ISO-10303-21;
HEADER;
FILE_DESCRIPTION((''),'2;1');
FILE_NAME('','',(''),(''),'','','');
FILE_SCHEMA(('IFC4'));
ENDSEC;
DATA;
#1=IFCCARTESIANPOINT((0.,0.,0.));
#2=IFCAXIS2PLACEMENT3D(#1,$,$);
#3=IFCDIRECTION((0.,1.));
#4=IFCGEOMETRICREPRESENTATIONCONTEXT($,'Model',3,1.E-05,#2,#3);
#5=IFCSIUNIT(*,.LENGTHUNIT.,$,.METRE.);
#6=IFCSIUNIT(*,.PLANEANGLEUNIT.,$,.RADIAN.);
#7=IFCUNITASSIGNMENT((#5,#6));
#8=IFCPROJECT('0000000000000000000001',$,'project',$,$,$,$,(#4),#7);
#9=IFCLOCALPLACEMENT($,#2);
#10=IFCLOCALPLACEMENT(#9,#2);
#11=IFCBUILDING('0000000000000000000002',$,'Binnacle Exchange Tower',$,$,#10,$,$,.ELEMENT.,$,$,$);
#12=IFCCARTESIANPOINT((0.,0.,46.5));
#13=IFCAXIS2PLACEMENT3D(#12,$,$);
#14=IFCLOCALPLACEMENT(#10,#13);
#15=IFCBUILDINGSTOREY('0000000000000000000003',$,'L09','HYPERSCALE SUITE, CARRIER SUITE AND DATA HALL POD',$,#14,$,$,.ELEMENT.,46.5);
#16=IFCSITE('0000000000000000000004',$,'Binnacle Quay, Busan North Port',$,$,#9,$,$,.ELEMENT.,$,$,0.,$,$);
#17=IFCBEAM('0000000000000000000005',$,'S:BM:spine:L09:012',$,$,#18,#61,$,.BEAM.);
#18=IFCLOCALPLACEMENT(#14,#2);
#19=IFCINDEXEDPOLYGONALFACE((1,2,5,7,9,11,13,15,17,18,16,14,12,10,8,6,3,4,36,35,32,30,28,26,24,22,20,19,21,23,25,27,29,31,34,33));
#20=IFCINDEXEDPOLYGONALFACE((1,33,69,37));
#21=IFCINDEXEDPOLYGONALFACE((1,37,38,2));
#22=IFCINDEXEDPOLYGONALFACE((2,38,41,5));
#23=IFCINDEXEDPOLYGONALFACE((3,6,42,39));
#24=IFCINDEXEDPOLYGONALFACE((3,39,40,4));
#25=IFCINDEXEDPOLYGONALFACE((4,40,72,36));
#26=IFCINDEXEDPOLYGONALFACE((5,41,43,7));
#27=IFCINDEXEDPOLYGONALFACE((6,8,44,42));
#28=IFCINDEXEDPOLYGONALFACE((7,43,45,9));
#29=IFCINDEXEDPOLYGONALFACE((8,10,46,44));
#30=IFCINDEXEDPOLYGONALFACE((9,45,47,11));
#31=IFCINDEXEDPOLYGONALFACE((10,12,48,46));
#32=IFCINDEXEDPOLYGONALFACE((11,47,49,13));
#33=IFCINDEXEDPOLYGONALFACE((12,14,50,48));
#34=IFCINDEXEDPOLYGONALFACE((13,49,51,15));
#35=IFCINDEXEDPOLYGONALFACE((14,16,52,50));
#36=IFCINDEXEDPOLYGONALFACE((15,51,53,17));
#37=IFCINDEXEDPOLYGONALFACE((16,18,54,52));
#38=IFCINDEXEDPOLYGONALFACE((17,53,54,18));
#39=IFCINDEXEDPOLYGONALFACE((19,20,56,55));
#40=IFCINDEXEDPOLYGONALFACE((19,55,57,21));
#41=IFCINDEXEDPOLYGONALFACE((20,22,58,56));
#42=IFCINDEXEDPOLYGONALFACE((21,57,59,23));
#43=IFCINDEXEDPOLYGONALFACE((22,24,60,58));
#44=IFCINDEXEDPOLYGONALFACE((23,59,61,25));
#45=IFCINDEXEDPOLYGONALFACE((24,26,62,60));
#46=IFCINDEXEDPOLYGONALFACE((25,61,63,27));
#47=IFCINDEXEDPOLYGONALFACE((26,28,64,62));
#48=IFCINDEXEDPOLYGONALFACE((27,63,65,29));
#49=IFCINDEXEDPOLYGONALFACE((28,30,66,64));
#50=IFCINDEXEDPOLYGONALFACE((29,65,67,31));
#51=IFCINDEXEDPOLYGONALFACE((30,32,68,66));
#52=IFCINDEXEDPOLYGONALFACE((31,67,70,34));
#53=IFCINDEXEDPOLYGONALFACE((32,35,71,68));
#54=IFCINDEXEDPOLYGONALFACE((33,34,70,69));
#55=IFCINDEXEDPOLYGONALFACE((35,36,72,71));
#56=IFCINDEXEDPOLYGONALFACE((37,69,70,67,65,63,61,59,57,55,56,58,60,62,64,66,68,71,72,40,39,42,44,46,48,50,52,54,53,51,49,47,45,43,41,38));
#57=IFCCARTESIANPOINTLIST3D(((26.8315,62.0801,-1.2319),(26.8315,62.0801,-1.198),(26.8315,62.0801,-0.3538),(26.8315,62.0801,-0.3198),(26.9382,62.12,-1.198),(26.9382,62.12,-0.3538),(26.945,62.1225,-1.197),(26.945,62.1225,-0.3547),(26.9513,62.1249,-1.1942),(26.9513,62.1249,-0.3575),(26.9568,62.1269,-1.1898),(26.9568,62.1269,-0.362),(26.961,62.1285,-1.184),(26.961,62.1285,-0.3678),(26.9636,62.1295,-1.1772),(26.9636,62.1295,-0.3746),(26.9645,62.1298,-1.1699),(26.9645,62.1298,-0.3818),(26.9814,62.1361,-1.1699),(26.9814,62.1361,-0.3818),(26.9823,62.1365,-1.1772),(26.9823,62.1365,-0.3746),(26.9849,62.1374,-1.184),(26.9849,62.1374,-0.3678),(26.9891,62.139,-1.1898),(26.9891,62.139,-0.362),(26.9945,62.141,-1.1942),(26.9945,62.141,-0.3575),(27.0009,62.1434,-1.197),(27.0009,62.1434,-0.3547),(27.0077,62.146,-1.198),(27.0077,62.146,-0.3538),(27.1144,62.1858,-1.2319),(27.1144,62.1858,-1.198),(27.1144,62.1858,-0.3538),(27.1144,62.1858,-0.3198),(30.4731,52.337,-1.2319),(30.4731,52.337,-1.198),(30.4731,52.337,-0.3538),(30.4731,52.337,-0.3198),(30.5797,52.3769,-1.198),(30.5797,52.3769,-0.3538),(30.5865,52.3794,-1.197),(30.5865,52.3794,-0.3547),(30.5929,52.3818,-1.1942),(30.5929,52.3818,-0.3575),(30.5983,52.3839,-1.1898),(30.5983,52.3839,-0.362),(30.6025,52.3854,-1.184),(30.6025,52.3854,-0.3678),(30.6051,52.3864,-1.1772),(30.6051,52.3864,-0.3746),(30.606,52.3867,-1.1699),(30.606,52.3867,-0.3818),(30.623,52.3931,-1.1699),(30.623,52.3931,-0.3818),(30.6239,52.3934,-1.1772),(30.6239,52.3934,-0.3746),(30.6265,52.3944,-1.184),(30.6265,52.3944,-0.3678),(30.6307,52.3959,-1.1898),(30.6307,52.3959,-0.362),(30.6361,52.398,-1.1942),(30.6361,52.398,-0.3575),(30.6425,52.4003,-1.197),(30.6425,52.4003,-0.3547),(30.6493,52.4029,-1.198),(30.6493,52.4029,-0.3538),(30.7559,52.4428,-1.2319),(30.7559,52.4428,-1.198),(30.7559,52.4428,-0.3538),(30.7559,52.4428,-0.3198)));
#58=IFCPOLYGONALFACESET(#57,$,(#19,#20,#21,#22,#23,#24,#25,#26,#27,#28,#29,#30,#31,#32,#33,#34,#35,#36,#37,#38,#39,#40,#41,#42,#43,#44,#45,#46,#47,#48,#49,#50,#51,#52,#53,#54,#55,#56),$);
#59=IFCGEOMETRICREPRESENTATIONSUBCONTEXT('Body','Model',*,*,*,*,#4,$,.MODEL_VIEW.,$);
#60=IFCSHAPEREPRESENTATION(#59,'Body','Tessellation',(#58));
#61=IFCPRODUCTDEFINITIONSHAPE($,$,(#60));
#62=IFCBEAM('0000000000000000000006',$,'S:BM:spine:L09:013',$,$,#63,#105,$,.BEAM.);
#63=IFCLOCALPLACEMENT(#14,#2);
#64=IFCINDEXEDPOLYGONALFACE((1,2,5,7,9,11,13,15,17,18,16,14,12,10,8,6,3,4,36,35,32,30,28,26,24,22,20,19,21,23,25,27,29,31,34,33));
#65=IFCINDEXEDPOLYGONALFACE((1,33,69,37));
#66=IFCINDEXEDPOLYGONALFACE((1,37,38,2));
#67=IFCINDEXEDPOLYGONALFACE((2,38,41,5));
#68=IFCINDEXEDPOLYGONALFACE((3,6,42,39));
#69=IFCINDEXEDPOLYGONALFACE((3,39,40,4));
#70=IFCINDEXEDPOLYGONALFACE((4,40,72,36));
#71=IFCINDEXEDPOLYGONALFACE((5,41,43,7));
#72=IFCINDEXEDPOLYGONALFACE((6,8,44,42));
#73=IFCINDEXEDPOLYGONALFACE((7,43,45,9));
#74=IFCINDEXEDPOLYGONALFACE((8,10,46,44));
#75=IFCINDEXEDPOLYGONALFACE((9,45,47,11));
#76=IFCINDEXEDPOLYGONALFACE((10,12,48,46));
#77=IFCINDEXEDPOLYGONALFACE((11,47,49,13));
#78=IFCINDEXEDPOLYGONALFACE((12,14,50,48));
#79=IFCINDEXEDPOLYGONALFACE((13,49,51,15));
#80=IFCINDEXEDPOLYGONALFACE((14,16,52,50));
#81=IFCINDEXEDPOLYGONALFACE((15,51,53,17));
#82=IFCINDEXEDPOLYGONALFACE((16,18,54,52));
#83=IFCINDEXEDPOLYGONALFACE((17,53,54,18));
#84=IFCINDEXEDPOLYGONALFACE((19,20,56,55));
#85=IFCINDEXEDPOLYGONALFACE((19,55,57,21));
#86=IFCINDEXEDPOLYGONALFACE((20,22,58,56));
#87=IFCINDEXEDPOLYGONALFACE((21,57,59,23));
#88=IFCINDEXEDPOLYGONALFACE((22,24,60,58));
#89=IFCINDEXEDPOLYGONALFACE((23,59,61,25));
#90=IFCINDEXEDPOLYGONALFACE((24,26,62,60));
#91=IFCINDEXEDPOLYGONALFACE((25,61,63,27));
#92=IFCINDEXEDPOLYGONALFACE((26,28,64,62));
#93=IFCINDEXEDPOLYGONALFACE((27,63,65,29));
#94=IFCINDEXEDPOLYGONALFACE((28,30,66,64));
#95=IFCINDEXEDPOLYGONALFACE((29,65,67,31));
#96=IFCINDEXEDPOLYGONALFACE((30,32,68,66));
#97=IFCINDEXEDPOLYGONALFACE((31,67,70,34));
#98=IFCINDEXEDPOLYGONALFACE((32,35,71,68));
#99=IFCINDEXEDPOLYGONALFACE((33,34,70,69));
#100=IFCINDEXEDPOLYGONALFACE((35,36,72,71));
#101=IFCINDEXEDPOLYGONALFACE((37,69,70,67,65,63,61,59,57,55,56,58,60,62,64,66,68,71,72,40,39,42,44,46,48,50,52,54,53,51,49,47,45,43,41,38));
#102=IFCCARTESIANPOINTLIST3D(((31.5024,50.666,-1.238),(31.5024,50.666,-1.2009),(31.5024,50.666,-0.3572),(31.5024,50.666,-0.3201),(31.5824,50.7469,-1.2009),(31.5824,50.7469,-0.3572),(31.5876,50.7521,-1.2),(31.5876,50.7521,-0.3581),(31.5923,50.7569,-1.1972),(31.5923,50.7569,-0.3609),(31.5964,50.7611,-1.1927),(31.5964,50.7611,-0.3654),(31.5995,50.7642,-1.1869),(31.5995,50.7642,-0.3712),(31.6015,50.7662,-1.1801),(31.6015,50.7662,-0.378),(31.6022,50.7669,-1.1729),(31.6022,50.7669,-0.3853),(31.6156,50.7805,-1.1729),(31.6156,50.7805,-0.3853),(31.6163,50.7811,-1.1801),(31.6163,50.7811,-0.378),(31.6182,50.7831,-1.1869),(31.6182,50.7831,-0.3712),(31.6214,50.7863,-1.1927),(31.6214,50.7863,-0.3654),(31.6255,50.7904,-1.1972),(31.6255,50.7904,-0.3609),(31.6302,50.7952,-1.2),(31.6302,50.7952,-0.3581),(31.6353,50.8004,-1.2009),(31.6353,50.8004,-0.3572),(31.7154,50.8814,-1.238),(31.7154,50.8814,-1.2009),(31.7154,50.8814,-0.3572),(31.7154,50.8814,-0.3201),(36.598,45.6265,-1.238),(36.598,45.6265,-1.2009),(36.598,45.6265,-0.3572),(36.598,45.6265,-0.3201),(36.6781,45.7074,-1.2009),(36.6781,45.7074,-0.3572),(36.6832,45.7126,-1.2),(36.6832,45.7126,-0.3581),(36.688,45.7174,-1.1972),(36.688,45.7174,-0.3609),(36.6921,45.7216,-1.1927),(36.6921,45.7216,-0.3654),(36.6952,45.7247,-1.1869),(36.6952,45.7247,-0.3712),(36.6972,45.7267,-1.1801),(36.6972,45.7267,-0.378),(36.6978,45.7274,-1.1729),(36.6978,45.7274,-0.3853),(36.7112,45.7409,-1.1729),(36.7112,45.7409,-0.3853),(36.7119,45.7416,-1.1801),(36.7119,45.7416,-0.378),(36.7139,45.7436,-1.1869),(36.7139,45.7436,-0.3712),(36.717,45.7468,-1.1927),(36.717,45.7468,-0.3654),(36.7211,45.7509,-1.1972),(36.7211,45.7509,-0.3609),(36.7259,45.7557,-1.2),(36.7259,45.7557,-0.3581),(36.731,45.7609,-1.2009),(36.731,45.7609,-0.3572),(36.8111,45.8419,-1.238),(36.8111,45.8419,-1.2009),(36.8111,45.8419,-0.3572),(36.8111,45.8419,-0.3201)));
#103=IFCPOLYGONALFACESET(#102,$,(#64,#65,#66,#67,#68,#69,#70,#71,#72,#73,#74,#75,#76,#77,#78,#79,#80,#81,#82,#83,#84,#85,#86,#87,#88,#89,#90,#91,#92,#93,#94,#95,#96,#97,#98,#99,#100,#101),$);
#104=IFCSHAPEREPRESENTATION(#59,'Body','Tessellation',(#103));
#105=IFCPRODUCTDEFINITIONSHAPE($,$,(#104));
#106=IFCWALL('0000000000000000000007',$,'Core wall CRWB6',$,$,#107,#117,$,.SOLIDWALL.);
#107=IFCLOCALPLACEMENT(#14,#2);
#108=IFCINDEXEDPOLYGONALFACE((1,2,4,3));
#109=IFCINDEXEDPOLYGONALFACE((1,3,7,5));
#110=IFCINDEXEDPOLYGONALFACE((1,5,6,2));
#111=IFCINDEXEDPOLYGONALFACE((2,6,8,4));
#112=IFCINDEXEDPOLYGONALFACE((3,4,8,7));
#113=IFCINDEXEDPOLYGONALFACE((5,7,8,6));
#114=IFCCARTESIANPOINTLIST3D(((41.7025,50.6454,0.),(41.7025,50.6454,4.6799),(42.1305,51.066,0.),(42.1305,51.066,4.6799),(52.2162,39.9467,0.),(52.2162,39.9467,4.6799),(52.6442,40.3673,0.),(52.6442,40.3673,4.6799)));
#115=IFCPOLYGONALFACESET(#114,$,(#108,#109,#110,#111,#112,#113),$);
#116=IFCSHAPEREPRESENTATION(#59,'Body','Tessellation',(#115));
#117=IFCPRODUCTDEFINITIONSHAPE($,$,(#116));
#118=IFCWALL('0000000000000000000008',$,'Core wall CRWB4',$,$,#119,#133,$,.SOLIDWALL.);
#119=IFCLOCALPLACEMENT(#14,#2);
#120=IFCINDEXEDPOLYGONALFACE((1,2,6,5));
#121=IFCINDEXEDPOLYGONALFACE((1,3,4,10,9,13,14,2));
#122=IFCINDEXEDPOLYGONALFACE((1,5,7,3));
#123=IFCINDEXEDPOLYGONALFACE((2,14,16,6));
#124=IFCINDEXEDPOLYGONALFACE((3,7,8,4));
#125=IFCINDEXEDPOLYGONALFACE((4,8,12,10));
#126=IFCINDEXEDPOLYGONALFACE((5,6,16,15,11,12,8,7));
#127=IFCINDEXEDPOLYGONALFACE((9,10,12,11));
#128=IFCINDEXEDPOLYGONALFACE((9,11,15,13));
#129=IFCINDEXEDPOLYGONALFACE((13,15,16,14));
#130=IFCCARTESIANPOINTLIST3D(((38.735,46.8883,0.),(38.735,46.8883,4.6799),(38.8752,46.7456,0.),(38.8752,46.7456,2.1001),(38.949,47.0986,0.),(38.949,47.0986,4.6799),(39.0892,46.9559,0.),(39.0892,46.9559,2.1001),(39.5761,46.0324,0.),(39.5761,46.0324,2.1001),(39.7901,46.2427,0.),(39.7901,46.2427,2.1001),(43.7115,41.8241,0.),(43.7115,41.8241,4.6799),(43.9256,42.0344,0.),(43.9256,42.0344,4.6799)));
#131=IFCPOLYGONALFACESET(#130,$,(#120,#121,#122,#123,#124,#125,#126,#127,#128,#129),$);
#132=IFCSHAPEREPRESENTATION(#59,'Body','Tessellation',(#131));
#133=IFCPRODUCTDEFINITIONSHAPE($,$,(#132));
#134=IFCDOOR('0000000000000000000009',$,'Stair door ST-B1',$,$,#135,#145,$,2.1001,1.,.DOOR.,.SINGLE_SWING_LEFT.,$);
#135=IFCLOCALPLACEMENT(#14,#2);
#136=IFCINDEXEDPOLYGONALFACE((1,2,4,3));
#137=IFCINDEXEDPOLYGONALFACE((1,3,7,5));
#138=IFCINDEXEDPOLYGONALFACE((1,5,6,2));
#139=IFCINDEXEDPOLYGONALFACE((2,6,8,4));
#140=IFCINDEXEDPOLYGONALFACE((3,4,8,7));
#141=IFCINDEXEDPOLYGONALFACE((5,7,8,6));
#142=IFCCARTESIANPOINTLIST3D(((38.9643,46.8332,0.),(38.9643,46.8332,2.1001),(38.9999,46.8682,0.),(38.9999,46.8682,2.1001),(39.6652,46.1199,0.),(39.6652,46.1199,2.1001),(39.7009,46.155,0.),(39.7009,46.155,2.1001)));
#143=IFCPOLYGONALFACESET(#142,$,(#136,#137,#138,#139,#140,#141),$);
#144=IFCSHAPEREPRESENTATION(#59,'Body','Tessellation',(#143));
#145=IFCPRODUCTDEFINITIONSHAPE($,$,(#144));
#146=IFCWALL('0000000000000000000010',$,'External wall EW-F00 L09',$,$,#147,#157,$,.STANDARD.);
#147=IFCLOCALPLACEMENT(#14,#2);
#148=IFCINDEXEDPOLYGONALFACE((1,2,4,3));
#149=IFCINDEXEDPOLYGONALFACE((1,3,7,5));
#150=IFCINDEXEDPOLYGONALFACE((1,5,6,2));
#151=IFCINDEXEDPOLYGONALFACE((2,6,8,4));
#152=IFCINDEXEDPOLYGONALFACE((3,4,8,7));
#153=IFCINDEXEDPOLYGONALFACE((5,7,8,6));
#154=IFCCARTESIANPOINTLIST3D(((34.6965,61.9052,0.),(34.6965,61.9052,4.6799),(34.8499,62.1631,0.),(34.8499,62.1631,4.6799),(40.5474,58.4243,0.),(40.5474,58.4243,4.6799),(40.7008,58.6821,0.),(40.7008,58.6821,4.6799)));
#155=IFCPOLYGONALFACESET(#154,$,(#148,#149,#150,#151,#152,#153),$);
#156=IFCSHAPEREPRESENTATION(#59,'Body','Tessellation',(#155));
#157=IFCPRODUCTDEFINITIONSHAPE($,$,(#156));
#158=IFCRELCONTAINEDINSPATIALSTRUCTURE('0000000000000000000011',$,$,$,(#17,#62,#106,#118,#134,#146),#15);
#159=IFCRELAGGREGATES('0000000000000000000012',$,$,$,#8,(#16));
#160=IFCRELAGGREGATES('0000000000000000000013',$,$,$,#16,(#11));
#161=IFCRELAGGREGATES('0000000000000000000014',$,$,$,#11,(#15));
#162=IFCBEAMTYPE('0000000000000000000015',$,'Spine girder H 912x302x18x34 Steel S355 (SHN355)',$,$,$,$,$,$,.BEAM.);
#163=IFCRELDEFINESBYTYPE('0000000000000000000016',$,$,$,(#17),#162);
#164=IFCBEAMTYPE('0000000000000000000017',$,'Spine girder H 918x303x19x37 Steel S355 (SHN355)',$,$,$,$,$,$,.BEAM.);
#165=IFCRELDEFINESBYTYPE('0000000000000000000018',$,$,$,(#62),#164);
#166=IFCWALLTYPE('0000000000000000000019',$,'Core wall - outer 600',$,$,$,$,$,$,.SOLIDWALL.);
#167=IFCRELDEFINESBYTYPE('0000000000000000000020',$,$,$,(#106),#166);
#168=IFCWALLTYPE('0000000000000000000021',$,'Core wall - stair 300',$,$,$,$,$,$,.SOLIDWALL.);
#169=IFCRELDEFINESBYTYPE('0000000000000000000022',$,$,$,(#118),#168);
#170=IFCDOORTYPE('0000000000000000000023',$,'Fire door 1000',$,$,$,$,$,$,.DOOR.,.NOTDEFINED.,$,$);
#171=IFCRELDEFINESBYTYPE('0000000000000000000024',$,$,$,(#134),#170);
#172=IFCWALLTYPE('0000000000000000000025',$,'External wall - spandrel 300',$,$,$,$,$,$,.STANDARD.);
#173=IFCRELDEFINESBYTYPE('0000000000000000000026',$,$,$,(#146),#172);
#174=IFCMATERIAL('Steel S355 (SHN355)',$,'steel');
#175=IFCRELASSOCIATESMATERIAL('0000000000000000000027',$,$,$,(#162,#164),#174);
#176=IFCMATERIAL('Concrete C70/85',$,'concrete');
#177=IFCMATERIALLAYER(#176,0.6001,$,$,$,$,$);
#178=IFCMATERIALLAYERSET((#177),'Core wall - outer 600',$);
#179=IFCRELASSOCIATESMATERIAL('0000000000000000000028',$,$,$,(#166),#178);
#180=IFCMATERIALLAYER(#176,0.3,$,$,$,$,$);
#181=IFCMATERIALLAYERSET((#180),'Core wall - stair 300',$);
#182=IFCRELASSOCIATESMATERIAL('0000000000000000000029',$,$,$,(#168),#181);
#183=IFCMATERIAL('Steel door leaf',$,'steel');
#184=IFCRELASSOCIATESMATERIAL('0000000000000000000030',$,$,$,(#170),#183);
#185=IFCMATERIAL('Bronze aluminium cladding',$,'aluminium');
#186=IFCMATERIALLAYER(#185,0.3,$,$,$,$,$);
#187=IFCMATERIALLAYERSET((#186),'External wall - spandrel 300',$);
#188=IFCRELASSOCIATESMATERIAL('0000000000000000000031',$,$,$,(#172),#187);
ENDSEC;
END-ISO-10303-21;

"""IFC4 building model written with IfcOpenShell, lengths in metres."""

from ifc_helpers import new_model, si_unit, direction, frame, frame_2d, origin, origin_2d, place, context, subcontext, project, spatial, rectangle, i_section, extrude, material, layer, layer_set, material_profile, profile_set, type_object, element, fill, save


model = new_model("IFC4")

# Units and contexts
model_context = context("Model", 3, precision=1e-05, world=origin(), true_north=direction((0.0, 1.0)))
body_context = subcontext(model_context, "Body", "Model", "MODEL_VIEW")
ifc_project = project(units=[si_unit("LENGTHUNIT", "METRE"), si_unit("PLANEANGLEUNIT", "RADIAN")], contexts=[model_context])

# Site, building, storey
site_placement = place(None, origin())
site = spatial("IfcSite", under=ifc_project, at=site_placement, Name="Binnacle Quay, Busan North Port", CompositionType="ELEMENT", RefElevation=0.0)
building_placement = place(site_placement, origin())
building = spatial("IfcBuilding", under=site, at=building_placement, Name="Binnacle Exchange Tower", CompositionType="ELEMENT")
storey_placement = place(building_placement, frame((0.0, 0.0, 46.5)))
storey = spatial("IfcBuildingStorey", under=building, at=storey_placement, Name="L09", Description="HYPERSCALE SUITE, CARRIER SUITE AND DATA HALL POD", CompositionType="ELEMENT", Elevation=46.5)

# Shared definitions
ifc_material_1 = material(Name="Concrete C70/85", Category="concrete")

# Beams
ifc_material_2 = material(Name="Steel S355 (SHN355)", Category="steel")
ifc_material_profile_1 = material_profile(ifc_material_2, i_section(OverallWidth=0.302, OverallDepth=0.9121, WebThickness=0.0181, FlangeThickness=0.0339, FilletRadius=0.0281, at=origin_2d()), Name="H 912x302x18x34")
ifc_profile_set_1 = profile_set([ifc_material_profile_1], Name="Steel S355 (SHN355)")
beam_type_1 = type_object("IfcBeamType", Name="Spine girder H 912x302x18x34 Steel S355 (SHN355)", PredefinedType="BEAM", material=ifc_profile_set_1)
beam_1_placement = place(storey_placement, frame((30.6145, 52.3899, -0.7759), z_axis=(-0.350105, 0.936711, 0.0), x_axis=(-0.936711, -0.350105, 0.0)))
element("IfcBeam", 1, at=beam_1_placement, inside=storey, type_object=beam_type_1, Name="S:BM:spine:L09:012", PredefinedType="BEAM", context=body_context, shape_type="SweptSolid", body=[
    extrude(i_section(OverallWidth=0.302, OverallDepth=0.9121, WebThickness=0.0181, FlangeThickness=0.0339, FilletRadius=0.0281, at=origin_2d()), origin(), (0.0, 0.0, 1.0), 10.4014),
])
ifc_material_profile_2 = material_profile(ifc_material_2, i_section(OverallWidth=0.303, OverallDepth=0.918, WebThickness=0.019, FlangeThickness=0.0371, FilletRadius=0.0281, at=origin_2d()), Name="H 918x303x19x37")
ifc_profile_set_2 = profile_set([ifc_material_profile_2], Name="Steel S355 (SHN355)")
beam_type_2 = type_object("IfcBeamType", Name="Spine girder H 918x303x19x37 Steel S355 (SHN355)", PredefinedType="BEAM", material=ifc_profile_set_2)
beam_2_placement = place(storey_placement, frame((31.6089, 50.7737, -0.7791), z_axis=(0.711013, -0.703178, 0.0), x_axis=(0.703178, 0.711013, 0.0)))
element("IfcBeam", 2, at=beam_2_placement, inside=storey, type_object=beam_type_2, Name="S:BM:spine:L09:013", PredefinedType="BEAM", context=body_context, shape_type="SweptSolid", body=[
    extrude(i_section(OverallWidth=0.303, OverallDepth=0.918, WebThickness=0.019, FlangeThickness=0.0371, FilletRadius=0.0281, at=origin_2d()), origin(), (0.0, 0.0, 1.0), 7.1667),
])

# Wall
ifc_layer_1 = layer(ifc_material_1, 0.6001)
ifc_layer_set_1 = layer_set([ifc_layer_1], Name="Core wall - outer 600")
wall_type_1 = type_object("IfcWallType", Name="Core wall - outer 600", PredefinedType="SOLIDWALL", material=ifc_layer_set_1)
wall_1_placement = place(storey_placement, frame((41.9165, 50.8557, 0.0), z_axis=(0.0, 0.0, 1.0), x_axis=(0.700911, -0.713248, 0.0)))
element("IfcWall", 3, at=wall_1_placement, inside=storey, type_object=wall_type_1, Name="Core wall CRWB6", PredefinedType="SOLIDWALL", context=body_context, shape_type="SweptSolid", body=[
    extrude(rectangle(XDim=15.0, YDim=0.6001, at=frame_2d((7.5, 0.0))), origin(), (0.0, 0.0, 1.0), 4.6799),
])

# Wall, opening, door
ifc_layer_2 = layer(ifc_material_1, 0.3)
ifc_layer_set_2 = layer_set([ifc_layer_2], Name="Core wall - stair 300")
wall_type_2 = type_object("IfcWallType", Name="Core wall - stair 300", PredefinedType="SOLIDWALL", material=ifc_layer_set_2)
wall_2_placement = place(storey_placement, frame((38.842, 46.9934, 0.0), z_axis=(0.0, 0.0, 1.0), x_axis=(0.700908, -0.713252, 0.0)))
wall_2 = element("IfcWall", 4, at=wall_2_placement, inside=storey, type_object=wall_type_2, Name="Core wall CRWB4", PredefinedType="SOLIDWALL", context=body_context, shape_type="SweptSolid", body=[
    extrude(rectangle(XDim=7.1001, YDim=0.3, at=frame_2d((3.55, 0.0))), origin(), (0.0, 0.0, 1.0), 4.6799),
])
opening_1_placement = place(wall_2_placement, frame((0.2, 0.0, 0.0)))
opening_1 = element("IfcOpeningElement", 5, at=opening_1_placement, cuts=wall_2, PredefinedType="OPENING", context=body_context, shape_type="SweptSolid", body=[
    extrude(rectangle(XDim=1.0, YDim=2.1001, at=frame_2d((0.5, 1.05))), frame((0.0, 0.1599, 0.0), z_axis=(0.0, -1.0, 0.0), x_axis=(1.0, 0.0, 0.0)), (0.0, 0.0, 1.0), 0.3201),
])
ifc_material_3 = material(Name="Steel door leaf", Category="steel")
door_type = type_object("IfcDoorType", Name="Fire door 1000", OperationType="NOTDEFINED", PredefinedType="DOOR", material=ifc_material_3)
door_placement = place(opening_1_placement, origin())
door = element("IfcDoor", 6, at=door_placement, inside=storey, type_object=door_type, Name="Stair door ST-B1", OperationType="SINGLE_SWING_LEFT", OverallHeight=2.1001, OverallWidth=1.0, PredefinedType="DOOR", context=body_context, shape_type="SweptSolid", body=[
    extrude(rectangle(XDim=1.0, YDim=2.1001, at=frame_2d((0.5, 1.05))), frame((0.0, 0.0249, 0.0), z_axis=(0.0, -1.0, 0.0), x_axis=(1.0, 0.0, 0.0)), (0.0, 0.0, 1.0), 0.05),
])
fill(opening_1, door)

# Wall
ifc_material_4 = material(Name="Bronze aluminium cladding", Category="aluminium")
ifc_layer_3 = layer(ifc_material_4, 0.3)
ifc_layer_set_3 = layer_set([ifc_layer_3], Name="External wall - spandrel 300")
wall_type_3 = type_object("IfcWallType", Name="External wall - spandrel 300", PredefinedType="STANDARD", material=ifc_layer_set_3)
wall_3_placement = place(storey_placement, frame((34.7732, 62.0342, 0.0), z_axis=(0.0, 0.0, 1.0), x_axis=(0.859401, -0.511302, 0.0)))
element("IfcWall", 7, at=wall_3_placement, inside=storey, type_object=wall_type_3, Name="External wall EW-F00 L09", PredefinedType="STANDARD", context=body_context, shape_type="SweptSolid", body=[
    extrude(rectangle(XDim=6.8081, YDim=0.3, at=frame_2d((3.4041, 0.0))), origin(), (0.0, 0.0, 1.0), 4.6799),
])

save(model, "model.ifc")
